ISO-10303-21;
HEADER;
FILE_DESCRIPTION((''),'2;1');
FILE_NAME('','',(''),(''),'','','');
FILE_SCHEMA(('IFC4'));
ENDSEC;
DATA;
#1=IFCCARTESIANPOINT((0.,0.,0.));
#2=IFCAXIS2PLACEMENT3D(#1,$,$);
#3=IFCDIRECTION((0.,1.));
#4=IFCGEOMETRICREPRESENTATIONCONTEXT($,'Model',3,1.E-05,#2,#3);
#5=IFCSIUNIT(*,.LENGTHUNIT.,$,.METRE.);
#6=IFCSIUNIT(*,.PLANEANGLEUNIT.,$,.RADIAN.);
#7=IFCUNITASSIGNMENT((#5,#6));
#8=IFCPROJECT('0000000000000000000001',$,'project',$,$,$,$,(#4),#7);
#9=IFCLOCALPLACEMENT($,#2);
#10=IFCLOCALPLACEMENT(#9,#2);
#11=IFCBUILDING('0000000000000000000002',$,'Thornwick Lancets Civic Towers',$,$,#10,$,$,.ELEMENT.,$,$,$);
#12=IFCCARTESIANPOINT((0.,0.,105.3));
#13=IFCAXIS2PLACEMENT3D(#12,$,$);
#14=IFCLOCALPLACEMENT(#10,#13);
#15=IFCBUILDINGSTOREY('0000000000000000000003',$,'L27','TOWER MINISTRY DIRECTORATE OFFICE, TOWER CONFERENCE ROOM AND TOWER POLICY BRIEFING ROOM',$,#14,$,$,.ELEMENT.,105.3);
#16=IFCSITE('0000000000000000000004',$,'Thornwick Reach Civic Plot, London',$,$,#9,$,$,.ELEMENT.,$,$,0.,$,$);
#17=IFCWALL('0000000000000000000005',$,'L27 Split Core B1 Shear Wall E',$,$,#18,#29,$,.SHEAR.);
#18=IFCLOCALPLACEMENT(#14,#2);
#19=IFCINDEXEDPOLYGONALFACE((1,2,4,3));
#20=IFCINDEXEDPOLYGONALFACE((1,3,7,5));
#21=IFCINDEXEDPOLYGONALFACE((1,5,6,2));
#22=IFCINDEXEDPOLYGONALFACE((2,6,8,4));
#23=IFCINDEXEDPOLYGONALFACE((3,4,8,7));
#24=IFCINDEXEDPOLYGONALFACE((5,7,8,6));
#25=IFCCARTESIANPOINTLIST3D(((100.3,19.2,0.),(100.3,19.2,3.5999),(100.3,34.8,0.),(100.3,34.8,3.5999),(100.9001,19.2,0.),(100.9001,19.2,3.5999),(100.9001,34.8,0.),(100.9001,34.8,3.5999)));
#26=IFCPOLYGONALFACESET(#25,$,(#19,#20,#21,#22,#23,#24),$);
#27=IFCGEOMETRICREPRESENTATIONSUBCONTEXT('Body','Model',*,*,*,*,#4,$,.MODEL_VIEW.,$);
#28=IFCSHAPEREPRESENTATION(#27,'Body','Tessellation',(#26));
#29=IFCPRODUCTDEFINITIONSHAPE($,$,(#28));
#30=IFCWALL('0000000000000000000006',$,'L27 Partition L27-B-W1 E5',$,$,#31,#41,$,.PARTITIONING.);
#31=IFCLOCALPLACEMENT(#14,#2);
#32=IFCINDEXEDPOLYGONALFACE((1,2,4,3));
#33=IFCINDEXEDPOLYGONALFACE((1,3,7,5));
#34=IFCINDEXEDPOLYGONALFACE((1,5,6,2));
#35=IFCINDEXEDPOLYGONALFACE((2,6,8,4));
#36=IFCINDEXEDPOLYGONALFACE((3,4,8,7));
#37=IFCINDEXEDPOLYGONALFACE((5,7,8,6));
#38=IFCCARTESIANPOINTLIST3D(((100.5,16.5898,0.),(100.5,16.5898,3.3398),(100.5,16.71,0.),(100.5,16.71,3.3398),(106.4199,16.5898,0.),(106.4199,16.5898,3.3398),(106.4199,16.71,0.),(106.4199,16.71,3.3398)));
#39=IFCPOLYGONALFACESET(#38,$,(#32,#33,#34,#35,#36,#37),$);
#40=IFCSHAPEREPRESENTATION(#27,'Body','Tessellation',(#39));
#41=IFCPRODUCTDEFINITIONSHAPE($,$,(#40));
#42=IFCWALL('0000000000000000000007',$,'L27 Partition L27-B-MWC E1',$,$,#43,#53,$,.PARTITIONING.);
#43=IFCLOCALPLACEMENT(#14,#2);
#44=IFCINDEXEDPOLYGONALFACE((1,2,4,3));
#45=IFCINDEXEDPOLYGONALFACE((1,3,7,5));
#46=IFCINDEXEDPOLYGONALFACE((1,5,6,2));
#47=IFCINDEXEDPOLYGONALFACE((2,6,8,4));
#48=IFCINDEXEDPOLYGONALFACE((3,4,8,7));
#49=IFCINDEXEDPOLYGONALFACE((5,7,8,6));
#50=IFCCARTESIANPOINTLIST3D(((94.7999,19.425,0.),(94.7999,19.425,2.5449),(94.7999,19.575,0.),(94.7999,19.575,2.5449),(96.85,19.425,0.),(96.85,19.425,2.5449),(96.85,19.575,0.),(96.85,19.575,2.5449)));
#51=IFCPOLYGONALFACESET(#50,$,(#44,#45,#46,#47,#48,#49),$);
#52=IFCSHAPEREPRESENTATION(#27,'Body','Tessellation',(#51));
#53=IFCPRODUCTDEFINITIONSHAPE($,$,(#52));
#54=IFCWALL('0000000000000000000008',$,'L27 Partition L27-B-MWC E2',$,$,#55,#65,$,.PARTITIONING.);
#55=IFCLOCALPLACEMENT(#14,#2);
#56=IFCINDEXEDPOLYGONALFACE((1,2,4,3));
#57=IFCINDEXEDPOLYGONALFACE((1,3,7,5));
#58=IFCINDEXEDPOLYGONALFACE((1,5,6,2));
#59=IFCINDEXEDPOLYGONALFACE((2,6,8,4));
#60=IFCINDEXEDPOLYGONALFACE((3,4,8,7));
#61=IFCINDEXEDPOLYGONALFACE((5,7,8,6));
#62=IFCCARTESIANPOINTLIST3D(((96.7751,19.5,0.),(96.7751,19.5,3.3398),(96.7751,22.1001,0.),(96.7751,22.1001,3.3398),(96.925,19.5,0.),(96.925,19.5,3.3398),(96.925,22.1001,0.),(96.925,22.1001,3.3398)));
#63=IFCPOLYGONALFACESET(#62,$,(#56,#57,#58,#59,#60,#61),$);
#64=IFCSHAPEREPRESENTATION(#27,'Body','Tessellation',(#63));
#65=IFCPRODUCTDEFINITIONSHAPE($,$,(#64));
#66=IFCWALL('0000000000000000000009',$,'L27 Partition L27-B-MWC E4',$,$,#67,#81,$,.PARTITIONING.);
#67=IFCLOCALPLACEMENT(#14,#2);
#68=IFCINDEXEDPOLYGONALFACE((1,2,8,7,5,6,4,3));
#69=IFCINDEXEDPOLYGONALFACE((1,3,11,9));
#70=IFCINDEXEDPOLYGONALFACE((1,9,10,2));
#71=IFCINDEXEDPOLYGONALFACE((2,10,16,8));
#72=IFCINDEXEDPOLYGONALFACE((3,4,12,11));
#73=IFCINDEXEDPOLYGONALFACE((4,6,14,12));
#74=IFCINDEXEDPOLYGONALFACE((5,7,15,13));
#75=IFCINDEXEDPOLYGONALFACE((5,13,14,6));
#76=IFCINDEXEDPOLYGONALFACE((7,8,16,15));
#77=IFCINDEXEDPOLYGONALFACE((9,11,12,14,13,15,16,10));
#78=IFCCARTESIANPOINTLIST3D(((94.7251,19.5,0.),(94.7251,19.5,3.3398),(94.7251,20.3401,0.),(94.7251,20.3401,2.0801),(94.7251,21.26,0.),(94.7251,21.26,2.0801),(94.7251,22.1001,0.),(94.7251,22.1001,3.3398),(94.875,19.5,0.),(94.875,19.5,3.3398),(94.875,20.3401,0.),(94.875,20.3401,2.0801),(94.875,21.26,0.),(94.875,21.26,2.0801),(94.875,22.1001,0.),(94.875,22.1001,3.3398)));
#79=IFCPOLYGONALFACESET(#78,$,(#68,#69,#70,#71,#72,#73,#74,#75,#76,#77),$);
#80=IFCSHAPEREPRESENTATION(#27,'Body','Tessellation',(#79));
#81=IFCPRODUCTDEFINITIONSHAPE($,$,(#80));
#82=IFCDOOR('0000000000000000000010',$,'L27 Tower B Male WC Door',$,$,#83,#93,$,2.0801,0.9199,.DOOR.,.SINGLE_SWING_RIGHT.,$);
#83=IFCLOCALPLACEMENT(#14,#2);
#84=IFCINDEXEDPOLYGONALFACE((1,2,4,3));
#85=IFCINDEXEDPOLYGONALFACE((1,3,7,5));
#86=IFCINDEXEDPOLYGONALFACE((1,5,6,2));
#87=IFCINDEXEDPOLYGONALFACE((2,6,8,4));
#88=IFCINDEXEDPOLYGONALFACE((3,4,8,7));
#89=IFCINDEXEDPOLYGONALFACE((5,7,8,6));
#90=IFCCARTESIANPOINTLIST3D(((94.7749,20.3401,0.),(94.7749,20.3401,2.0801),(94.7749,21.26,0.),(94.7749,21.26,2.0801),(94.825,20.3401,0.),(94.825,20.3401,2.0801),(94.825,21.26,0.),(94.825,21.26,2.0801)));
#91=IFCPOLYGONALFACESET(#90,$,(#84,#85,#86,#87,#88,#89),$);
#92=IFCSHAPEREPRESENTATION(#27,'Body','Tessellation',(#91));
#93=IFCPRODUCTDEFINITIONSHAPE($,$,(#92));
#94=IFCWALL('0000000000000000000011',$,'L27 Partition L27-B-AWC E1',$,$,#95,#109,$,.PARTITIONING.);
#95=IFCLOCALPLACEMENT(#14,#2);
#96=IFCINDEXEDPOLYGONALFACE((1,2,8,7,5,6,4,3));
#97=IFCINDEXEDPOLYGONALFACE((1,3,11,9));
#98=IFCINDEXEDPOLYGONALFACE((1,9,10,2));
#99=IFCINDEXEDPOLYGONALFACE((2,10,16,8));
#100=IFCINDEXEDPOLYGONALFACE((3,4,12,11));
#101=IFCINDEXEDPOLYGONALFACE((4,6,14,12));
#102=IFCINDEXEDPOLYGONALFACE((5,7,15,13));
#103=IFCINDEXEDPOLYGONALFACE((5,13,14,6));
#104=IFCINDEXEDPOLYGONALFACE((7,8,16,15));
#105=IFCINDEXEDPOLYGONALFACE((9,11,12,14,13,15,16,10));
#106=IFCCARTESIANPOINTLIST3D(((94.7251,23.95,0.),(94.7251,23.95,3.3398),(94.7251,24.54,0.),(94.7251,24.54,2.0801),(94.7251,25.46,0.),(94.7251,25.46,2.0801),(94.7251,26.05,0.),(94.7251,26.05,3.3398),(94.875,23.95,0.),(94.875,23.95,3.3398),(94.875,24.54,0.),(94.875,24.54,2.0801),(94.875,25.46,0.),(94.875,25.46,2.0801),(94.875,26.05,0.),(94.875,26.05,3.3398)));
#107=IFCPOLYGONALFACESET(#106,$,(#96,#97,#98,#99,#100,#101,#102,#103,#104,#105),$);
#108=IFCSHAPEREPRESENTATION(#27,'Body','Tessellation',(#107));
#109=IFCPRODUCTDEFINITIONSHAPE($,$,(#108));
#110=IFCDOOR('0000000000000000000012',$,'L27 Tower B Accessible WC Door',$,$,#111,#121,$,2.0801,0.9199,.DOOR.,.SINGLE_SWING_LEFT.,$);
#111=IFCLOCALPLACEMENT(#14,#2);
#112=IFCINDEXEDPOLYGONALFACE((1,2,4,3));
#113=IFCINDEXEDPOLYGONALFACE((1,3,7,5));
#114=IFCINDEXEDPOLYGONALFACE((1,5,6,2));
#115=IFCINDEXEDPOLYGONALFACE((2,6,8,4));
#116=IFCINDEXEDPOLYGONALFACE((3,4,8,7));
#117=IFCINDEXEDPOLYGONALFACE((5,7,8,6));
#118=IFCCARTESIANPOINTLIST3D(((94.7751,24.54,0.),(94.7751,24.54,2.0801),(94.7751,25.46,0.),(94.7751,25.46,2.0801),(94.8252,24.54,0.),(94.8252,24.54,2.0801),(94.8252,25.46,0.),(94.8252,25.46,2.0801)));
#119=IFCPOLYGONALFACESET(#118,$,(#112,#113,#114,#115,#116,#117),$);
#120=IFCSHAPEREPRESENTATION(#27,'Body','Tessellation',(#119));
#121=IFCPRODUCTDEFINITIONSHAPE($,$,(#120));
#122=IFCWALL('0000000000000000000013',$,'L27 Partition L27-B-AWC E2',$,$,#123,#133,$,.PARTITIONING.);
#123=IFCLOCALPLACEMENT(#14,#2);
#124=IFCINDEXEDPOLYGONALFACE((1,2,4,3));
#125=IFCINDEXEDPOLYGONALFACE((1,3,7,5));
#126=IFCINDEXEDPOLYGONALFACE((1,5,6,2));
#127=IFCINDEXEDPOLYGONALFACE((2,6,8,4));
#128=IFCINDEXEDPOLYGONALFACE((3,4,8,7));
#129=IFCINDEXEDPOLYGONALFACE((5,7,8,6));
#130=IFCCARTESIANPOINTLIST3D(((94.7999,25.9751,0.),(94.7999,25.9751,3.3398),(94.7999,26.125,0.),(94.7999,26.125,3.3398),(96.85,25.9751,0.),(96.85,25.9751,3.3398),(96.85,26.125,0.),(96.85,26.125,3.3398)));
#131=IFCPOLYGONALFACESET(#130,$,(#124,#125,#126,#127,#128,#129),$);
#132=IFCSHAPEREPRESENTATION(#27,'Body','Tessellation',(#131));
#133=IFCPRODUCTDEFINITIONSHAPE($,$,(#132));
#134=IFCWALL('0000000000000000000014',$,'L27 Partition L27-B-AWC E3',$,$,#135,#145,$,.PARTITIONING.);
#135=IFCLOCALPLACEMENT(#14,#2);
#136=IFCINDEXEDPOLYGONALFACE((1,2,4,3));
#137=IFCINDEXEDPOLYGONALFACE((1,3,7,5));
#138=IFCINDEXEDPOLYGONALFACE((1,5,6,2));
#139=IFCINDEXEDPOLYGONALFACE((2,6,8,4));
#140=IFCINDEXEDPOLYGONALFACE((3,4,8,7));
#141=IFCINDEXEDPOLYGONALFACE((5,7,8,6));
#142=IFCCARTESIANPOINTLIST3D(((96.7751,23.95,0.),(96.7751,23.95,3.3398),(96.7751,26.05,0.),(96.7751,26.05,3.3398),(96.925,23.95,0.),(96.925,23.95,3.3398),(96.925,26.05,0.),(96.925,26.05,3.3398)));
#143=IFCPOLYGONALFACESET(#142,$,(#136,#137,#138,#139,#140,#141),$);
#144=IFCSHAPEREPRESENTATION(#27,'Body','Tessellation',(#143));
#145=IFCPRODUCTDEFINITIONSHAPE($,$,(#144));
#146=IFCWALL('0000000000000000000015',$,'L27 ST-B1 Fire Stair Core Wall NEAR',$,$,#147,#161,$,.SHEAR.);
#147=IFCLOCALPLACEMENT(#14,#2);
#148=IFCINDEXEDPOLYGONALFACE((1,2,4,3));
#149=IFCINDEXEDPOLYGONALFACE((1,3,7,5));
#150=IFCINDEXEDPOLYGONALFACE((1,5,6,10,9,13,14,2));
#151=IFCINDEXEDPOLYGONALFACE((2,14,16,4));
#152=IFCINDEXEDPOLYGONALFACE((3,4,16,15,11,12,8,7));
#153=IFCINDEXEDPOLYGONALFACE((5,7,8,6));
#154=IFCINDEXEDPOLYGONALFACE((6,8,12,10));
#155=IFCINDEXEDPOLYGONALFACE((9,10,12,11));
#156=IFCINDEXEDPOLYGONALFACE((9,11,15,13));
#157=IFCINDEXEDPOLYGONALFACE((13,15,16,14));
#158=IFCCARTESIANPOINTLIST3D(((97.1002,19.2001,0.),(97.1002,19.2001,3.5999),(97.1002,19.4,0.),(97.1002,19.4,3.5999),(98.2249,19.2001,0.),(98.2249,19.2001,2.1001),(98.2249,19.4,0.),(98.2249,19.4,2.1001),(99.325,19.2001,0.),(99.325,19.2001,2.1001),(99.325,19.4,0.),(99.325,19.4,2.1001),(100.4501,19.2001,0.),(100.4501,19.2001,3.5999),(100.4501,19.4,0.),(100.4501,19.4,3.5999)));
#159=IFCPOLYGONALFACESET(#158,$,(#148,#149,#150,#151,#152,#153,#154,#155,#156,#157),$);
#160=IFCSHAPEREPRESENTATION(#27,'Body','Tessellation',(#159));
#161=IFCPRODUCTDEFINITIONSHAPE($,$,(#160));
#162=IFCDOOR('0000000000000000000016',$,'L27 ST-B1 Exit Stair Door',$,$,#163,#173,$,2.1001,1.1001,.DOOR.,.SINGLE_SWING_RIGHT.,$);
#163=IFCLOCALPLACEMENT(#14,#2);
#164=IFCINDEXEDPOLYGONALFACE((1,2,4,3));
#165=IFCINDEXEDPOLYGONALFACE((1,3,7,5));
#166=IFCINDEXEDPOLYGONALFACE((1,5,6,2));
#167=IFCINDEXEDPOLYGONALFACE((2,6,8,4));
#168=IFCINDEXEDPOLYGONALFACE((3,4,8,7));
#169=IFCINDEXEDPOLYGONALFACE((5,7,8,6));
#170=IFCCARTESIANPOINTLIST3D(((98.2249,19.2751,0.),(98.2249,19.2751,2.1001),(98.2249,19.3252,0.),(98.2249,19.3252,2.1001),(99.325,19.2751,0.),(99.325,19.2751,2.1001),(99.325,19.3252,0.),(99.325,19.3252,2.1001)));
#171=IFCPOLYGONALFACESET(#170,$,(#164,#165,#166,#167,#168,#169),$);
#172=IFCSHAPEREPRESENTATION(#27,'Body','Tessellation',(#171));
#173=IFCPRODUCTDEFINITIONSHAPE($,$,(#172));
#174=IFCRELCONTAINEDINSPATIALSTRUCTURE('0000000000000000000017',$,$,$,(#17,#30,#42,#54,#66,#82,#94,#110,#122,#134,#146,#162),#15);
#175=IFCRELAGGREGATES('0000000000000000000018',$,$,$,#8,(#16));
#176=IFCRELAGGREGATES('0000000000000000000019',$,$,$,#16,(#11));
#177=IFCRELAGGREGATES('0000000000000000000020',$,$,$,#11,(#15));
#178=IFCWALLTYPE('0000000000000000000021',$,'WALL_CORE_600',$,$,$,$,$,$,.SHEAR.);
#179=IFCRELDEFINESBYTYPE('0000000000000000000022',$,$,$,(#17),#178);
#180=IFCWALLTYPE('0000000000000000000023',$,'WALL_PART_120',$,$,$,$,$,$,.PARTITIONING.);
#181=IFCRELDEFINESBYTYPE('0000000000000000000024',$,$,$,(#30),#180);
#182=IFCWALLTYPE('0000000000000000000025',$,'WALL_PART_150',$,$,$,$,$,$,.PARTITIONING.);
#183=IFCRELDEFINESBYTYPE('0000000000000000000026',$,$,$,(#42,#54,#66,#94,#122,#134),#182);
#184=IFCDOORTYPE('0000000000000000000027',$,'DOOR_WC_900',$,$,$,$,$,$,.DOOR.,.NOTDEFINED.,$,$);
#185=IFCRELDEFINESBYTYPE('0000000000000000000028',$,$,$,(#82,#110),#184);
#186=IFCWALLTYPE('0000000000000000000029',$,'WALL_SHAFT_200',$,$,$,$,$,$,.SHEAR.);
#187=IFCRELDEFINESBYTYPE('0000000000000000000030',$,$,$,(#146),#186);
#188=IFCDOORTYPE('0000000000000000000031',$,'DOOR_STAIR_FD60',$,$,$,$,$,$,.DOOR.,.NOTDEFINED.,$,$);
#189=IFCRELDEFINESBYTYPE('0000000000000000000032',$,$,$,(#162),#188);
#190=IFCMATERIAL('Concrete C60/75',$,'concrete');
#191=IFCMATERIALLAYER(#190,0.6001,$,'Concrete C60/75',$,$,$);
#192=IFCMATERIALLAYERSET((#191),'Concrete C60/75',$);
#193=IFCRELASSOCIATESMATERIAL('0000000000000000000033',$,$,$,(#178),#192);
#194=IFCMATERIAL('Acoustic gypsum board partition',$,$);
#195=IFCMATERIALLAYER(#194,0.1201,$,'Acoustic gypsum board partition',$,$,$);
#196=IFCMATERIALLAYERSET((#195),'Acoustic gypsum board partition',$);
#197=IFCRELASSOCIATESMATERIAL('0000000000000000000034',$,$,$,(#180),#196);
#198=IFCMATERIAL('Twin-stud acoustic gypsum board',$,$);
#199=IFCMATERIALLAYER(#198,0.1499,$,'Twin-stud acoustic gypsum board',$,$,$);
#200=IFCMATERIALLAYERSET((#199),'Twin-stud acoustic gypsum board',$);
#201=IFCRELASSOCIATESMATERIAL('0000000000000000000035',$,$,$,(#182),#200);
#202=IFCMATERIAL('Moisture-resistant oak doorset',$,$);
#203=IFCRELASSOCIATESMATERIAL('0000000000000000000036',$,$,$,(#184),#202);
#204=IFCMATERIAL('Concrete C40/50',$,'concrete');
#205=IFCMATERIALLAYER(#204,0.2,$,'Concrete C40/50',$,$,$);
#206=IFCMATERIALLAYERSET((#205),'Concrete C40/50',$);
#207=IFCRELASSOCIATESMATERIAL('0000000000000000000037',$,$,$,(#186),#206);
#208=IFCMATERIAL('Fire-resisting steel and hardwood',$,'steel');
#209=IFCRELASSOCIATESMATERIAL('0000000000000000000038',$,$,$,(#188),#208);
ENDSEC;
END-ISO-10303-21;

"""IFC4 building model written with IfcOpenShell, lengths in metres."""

from ifc_helpers import new_model, si_unit, direction, frame, frame_2d, origin, place, context, subcontext, project, spatial, rectangle, extrude, material, layer, layer_set, type_object, element, fill, save


model = new_model("IFC4")

# Units and contexts
model_context = context("Model", 3, precision=1e-05, world=origin(), true_north=direction((0.0, 1.0)))
body_context = subcontext(model_context, "Body", "Model", "MODEL_VIEW")
ifc_project = project(units=[si_unit("LENGTHUNIT", "METRE"), si_unit("PLANEANGLEUNIT", "RADIAN")], contexts=[model_context])

# Site, building, storey
site_placement = place(None, origin())
site = spatial("IfcSite", under=ifc_project, at=site_placement, Name="Thornwick Reach Civic Plot, London", CompositionType="ELEMENT", RefElevation=0.0)
building_placement = place(site_placement, origin())
building = spatial("IfcBuilding", under=site, at=building_placement, Name="Thornwick Lancets Civic Towers", CompositionType="ELEMENT")
storey_placement = place(building_placement, frame((0.0, 0.0, 105.3)))
storey = spatial("IfcBuildingStorey", under=building, at=storey_placement, Name="L27", Description="TOWER MINISTRY DIRECTORATE OFFICE, TOWER CONFERENCE ROOM AND TOWER POLICY BRIEFING ROOM", CompositionType="ELEMENT", Elevation=105.3)

# Shared definitions
ifc_material_1 = material(Name="Concrete C60/75", Category="concrete")

# Shared definitions
ifc_material_2 = material(Name="Concrete C40/50", Category="concrete")

# Walls
ifc_layer_1 = layer(ifc_material_1, 0.6001, Name="Concrete C60/75")
ifc_layer_set_1 = layer_set([ifc_layer_1], Name="Concrete C60/75")
wall_type_1 = type_object("IfcWallType", Name="WALL_CORE_600", PredefinedType="SHEAR", material=ifc_layer_set_1)
wall_1_placement = place(storey_placement, frame((100.6001, 19.2, 0.0), z_axis=(0.0, 0.0, 1.0), x_axis=(0.0, 1.0, 0.0)))
element("IfcWall", 1, at=wall_1_placement, inside=storey, type_object=wall_type_1, Name="L27 Split Core B1 Shear Wall E", PredefinedType="SHEAR", context=body_context, shape_type="SweptSolid", body=[
    extrude(rectangle(XDim=15.6001, YDim=0.6001, at=frame_2d((7.8, 0.0))), origin(), (0.0, 0.0, 1.0), 3.5999),
])
ifc_material_3 = material(Name="Acoustic gypsum board partition")
ifc_layer_2 = layer(ifc_material_3, 0.1201, Name="Acoustic gypsum board partition")
ifc_layer_set_2 = layer_set([ifc_layer_2], Name="Acoustic gypsum board partition")
wall_type_2 = type_object("IfcWallType", Name="WALL_PART_120", PredefinedType="PARTITIONING", material=ifc_layer_set_2)
wall_2_placement = place(storey_placement, frame((100.5, 16.6499, 0.0), z_axis=(0.0, 0.0, 1.0), x_axis=(1.0, 0.0, 0.0)))
element("IfcWall", 2, at=wall_2_placement, inside=storey, type_object=wall_type_2, Name="L27 Partition L27-B-W1 E5", PredefinedType="PARTITIONING", context=body_context, shape_type="SweptSolid", body=[
    extrude(rectangle(XDim=5.9199, YDim=0.1201, at=frame_2d((2.96, 0.0))), origin(), (0.0, 0.0, 1.0), 3.3398),
])
ifc_material_4 = material(Name="Twin-stud acoustic gypsum board")
ifc_layer_3 = layer(ifc_material_4, 0.1499, Name="Twin-stud acoustic gypsum board")
ifc_layer_set_3 = layer_set([ifc_layer_3], Name="Twin-stud acoustic gypsum board")
wall_type_3 = type_object("IfcWallType", Name="WALL_PART_150", PredefinedType="PARTITIONING", material=ifc_layer_set_3)
wall_3_placement = place(storey_placement, frame((94.8, 19.5, 0.0), z_axis=(0.0, 0.0, 1.0), x_axis=(1.0, 0.0, 0.0)))
element("IfcWall", 3, at=wall_3_placement, inside=storey, type_object=wall_type_3, Name="L27 Partition L27-B-MWC E1", PredefinedType="PARTITIONING", context=body_context, shape_type="SweptSolid", body=[
    extrude(rectangle(XDim=2.05, YDim=0.1499, at=frame_2d((1.0249, 0.0))), origin(), (0.0, 0.0, 1.0), 2.5449),
])
wall_4_placement = place(storey_placement, frame((96.8501, 19.5, 0.0), z_axis=(0.0, 0.0, 1.0), x_axis=(0.0, 1.0, 0.0)))
element("IfcWall", 4, at=wall_4_placement, inside=storey, type_object=wall_type_3, Name="L27 Partition L27-B-MWC E2", PredefinedType="PARTITIONING", context=body_context, shape_type="SweptSolid", body=[
    extrude(rectangle(XDim=2.6001, YDim=0.1499, at=frame_2d((1.3, 0.0))), origin(), (0.0, 0.0, 1.0), 3.3398),
])

# Walls, openings, doors
wall_5_placement = place(storey_placement, frame((94.8, 22.1001, 0.0), z_axis=(0.0, 0.0, 1.0), x_axis=(0.0, -1.0, 0.0)))
wall_5 = element("IfcWall", 5, at=wall_5_placement, inside=storey, type_object=wall_type_3, Name="L27 Partition L27-B-MWC E4", PredefinedType="PARTITIONING", context=body_context, shape_type="SweptSolid", body=[
    extrude(rectangle(XDim=2.6001, YDim=0.1499, at=frame_2d((1.3, 0.0))), origin(), (0.0, 0.0, 1.0), 3.3398),
])
opening_1_placement = place(wall_5_placement, frame((0.8401, 0.0, 0.0)))
opening_1 = element("IfcOpeningElement", 6, at=opening_1_placement, cuts=wall_5, PredefinedType="OPENING", context=body_context, shape_type="SweptSolid", body=[
    extrude(rectangle(XDim=0.9199, YDim=2.0801, at=frame_2d((0.46, 1.04))), frame((0.0, 0.085, 0.0), z_axis=(0.0, -1.0, 0.0), x_axis=(1.0, 0.0, 0.0)), (0.0, 0.0, 1.0), 0.1699),
])
ifc_material_5 = material(Name="Moisture-resistant oak doorset")
door_type_1 = type_object("IfcDoorType", Name="DOOR_WC_900", OperationType="NOTDEFINED", PredefinedType="DOOR", material=ifc_material_5)
door_1_placement = place(opening_1_placement, origin())
door_1 = element("IfcDoor", 7, at=door_1_placement, inside=storey, type_object=door_type_1, Name="L27 Tower B Male WC Door", OperationType="SINGLE_SWING_RIGHT", OverallHeight=2.0801, OverallWidth=0.9199, PredefinedType="DOOR", context=body_context, shape_type="SweptSolid", body=[
    extrude(rectangle(XDim=0.9199, YDim=2.0801, at=frame_2d((0.46, 1.04))), frame((0.0, 0.0249, 0.0), z_axis=(0.0, -1.0, 0.0), x_axis=(1.0, 0.0, 0.0)), (0.0, 0.0, 1.0), 0.05),
])
fill(opening_1, door_1)
wall_6_placement = place(storey_placement, frame((94.8, 23.95, 0.0), z_axis=(0.0, 0.0, 1.0), x_axis=(0.0, 1.0, 0.0)))
wall_6 = element("IfcWall", 8, at=wall_6_placement, inside=storey, type_object=wall_type_3, Name="L27 Partition L27-B-AWC E1", PredefinedType="PARTITIONING", context=body_context, shape_type="SweptSolid", body=[
    extrude(rectangle(XDim=2.1001, YDim=0.1499, at=frame_2d((1.05, 0.0))), origin(), (0.0, 0.0, 1.0), 3.3398),
])
opening_2_placement = place(wall_6_placement, frame((0.5901, 0.0, 0.0)))
opening_2 = element("IfcOpeningElement", 9, at=opening_2_placement, cuts=wall_6, PredefinedType="OPENING", context=body_context, shape_type="SweptSolid", body=[
    extrude(rectangle(XDim=0.9199, YDim=2.0801, at=frame_2d((0.46, 1.04))), frame((0.0, 0.085, 0.0), z_axis=(0.0, -1.0, 0.0), x_axis=(1.0, 0.0, 0.0)), (0.0, 0.0, 1.0), 0.1699),
])
door_2_placement = place(opening_2_placement, origin())
door_2 = element("IfcDoor", 10, at=door_2_placement, inside=storey, type_object=door_type_1, Name="L27 Tower B Accessible WC Door", OperationType="SINGLE_SWING_LEFT", OverallHeight=2.0801, OverallWidth=0.9199, PredefinedType="DOOR", context=body_context, shape_type="SweptSolid", body=[
    extrude(rectangle(XDim=0.9199, YDim=2.0801, at=frame_2d((0.46, 1.04))), frame((0.0, 0.0249, 0.0), z_axis=(0.0, -1.0, 0.0), x_axis=(1.0, 0.0, 0.0)), (0.0, 0.0, 1.0), 0.05),
])
fill(opening_2, door_2)

# Walls
wall_7_placement = place(storey_placement, frame((94.8, 26.05, 0.0), z_axis=(0.0, 0.0, 1.0), x_axis=(1.0, 0.0, 0.0)))
element("IfcWall", 11, at=wall_7_placement, inside=storey, type_object=wall_type_3, Name="L27 Partition L27-B-AWC E2", PredefinedType="PARTITIONING", context=body_context, shape_type="SweptSolid", body=[
    extrude(rectangle(XDim=2.05, YDim=0.1499, at=frame_2d((1.0249, 0.0))), origin(), (0.0, 0.0, 1.0), 3.3398),
])
wall_8_placement = place(storey_placement, frame((96.8501, 26.05, 0.0), z_axis=(0.0, 0.0, 1.0), x_axis=(0.0, -1.0, 0.0)))
element("IfcWall", 12, at=wall_8_placement, inside=storey, type_object=wall_type_3, Name="L27 Partition L27-B-AWC E3", PredefinedType="PARTITIONING", context=body_context, shape_type="SweptSolid", body=[
    extrude(rectangle(XDim=2.1001, YDim=0.1499, at=frame_2d((1.05, 0.0))), origin(), (0.0, 0.0, 1.0), 3.3398),
])

# Wall, opening, door
ifc_layer_4 = layer(ifc_material_2, 0.2, Name="Concrete C40/50")
ifc_layer_set_4 = layer_set([ifc_layer_4], Name="Concrete C40/50")
wall_type_4 = type_object("IfcWallType", Name="WALL_SHAFT_200", PredefinedType="SHEAR", material=ifc_layer_set_4)
wall_9_placement = place(storey_placement, frame((100.45, 19.3, 0.0), z_axis=(0.0, 0.0, 1.0), x_axis=(-1.0, 0.0, 0.0)))
wall_9 = element("IfcWall", 13, at=wall_9_placement, inside=storey, type_object=wall_type_4, Name="L27 ST-B1 Fire Stair Core Wall NEAR", PredefinedType="SHEAR", context=body_context, shape_type="SweptSolid", body=[
    extrude(rectangle(XDim=3.3499, YDim=0.2, at=frame_2d((1.6748, 0.0))), origin(), (0.0, 0.0, 1.0), 3.5999),
])
opening_3_placement = place(wall_9_placement, frame((1.125, 0.0, 0.0)))
opening_3 = element("IfcOpeningElement", 14, at=opening_3_placement, cuts=wall_9, PredefinedType="OPENING", context=body_context, shape_type="SweptSolid", body=[
    extrude(rectangle(XDim=1.1001, YDim=2.1001, at=frame_2d((0.55, 1.05))), frame((0.0, 0.1099, 0.0), z_axis=(0.0, -1.0, 0.0), x_axis=(1.0, 0.0, 0.0)), (0.0, 0.0, 1.0), 0.22),
])
ifc_material_6 = material(Name="Fire-resisting steel and hardwood", Category="steel")
door_type_2 = type_object("IfcDoorType", Name="DOOR_STAIR_FD60", OperationType="NOTDEFINED", PredefinedType="DOOR", material=ifc_material_6)
door_3_placement = place(opening_3_placement, origin())
door_3 = element("IfcDoor", 15, at=door_3_placement, inside=storey, type_object=door_type_2, Name="L27 ST-B1 Exit Stair Door", OperationType="SINGLE_SWING_RIGHT", OverallHeight=2.1001, OverallWidth=1.1001, PredefinedType="DOOR", context=body_context, shape_type="SweptSolid", body=[
    extrude(rectangle(XDim=1.1001, YDim=2.1001, at=frame_2d((0.55, 1.05))), frame((0.0, 0.0249, 0.0), z_axis=(0.0, -1.0, 0.0), x_axis=(1.0, 0.0, 0.0)), (0.0, 0.0, 1.0), 0.05),
])
fill(opening_3, door_3)

save(model, "model.ifc")
